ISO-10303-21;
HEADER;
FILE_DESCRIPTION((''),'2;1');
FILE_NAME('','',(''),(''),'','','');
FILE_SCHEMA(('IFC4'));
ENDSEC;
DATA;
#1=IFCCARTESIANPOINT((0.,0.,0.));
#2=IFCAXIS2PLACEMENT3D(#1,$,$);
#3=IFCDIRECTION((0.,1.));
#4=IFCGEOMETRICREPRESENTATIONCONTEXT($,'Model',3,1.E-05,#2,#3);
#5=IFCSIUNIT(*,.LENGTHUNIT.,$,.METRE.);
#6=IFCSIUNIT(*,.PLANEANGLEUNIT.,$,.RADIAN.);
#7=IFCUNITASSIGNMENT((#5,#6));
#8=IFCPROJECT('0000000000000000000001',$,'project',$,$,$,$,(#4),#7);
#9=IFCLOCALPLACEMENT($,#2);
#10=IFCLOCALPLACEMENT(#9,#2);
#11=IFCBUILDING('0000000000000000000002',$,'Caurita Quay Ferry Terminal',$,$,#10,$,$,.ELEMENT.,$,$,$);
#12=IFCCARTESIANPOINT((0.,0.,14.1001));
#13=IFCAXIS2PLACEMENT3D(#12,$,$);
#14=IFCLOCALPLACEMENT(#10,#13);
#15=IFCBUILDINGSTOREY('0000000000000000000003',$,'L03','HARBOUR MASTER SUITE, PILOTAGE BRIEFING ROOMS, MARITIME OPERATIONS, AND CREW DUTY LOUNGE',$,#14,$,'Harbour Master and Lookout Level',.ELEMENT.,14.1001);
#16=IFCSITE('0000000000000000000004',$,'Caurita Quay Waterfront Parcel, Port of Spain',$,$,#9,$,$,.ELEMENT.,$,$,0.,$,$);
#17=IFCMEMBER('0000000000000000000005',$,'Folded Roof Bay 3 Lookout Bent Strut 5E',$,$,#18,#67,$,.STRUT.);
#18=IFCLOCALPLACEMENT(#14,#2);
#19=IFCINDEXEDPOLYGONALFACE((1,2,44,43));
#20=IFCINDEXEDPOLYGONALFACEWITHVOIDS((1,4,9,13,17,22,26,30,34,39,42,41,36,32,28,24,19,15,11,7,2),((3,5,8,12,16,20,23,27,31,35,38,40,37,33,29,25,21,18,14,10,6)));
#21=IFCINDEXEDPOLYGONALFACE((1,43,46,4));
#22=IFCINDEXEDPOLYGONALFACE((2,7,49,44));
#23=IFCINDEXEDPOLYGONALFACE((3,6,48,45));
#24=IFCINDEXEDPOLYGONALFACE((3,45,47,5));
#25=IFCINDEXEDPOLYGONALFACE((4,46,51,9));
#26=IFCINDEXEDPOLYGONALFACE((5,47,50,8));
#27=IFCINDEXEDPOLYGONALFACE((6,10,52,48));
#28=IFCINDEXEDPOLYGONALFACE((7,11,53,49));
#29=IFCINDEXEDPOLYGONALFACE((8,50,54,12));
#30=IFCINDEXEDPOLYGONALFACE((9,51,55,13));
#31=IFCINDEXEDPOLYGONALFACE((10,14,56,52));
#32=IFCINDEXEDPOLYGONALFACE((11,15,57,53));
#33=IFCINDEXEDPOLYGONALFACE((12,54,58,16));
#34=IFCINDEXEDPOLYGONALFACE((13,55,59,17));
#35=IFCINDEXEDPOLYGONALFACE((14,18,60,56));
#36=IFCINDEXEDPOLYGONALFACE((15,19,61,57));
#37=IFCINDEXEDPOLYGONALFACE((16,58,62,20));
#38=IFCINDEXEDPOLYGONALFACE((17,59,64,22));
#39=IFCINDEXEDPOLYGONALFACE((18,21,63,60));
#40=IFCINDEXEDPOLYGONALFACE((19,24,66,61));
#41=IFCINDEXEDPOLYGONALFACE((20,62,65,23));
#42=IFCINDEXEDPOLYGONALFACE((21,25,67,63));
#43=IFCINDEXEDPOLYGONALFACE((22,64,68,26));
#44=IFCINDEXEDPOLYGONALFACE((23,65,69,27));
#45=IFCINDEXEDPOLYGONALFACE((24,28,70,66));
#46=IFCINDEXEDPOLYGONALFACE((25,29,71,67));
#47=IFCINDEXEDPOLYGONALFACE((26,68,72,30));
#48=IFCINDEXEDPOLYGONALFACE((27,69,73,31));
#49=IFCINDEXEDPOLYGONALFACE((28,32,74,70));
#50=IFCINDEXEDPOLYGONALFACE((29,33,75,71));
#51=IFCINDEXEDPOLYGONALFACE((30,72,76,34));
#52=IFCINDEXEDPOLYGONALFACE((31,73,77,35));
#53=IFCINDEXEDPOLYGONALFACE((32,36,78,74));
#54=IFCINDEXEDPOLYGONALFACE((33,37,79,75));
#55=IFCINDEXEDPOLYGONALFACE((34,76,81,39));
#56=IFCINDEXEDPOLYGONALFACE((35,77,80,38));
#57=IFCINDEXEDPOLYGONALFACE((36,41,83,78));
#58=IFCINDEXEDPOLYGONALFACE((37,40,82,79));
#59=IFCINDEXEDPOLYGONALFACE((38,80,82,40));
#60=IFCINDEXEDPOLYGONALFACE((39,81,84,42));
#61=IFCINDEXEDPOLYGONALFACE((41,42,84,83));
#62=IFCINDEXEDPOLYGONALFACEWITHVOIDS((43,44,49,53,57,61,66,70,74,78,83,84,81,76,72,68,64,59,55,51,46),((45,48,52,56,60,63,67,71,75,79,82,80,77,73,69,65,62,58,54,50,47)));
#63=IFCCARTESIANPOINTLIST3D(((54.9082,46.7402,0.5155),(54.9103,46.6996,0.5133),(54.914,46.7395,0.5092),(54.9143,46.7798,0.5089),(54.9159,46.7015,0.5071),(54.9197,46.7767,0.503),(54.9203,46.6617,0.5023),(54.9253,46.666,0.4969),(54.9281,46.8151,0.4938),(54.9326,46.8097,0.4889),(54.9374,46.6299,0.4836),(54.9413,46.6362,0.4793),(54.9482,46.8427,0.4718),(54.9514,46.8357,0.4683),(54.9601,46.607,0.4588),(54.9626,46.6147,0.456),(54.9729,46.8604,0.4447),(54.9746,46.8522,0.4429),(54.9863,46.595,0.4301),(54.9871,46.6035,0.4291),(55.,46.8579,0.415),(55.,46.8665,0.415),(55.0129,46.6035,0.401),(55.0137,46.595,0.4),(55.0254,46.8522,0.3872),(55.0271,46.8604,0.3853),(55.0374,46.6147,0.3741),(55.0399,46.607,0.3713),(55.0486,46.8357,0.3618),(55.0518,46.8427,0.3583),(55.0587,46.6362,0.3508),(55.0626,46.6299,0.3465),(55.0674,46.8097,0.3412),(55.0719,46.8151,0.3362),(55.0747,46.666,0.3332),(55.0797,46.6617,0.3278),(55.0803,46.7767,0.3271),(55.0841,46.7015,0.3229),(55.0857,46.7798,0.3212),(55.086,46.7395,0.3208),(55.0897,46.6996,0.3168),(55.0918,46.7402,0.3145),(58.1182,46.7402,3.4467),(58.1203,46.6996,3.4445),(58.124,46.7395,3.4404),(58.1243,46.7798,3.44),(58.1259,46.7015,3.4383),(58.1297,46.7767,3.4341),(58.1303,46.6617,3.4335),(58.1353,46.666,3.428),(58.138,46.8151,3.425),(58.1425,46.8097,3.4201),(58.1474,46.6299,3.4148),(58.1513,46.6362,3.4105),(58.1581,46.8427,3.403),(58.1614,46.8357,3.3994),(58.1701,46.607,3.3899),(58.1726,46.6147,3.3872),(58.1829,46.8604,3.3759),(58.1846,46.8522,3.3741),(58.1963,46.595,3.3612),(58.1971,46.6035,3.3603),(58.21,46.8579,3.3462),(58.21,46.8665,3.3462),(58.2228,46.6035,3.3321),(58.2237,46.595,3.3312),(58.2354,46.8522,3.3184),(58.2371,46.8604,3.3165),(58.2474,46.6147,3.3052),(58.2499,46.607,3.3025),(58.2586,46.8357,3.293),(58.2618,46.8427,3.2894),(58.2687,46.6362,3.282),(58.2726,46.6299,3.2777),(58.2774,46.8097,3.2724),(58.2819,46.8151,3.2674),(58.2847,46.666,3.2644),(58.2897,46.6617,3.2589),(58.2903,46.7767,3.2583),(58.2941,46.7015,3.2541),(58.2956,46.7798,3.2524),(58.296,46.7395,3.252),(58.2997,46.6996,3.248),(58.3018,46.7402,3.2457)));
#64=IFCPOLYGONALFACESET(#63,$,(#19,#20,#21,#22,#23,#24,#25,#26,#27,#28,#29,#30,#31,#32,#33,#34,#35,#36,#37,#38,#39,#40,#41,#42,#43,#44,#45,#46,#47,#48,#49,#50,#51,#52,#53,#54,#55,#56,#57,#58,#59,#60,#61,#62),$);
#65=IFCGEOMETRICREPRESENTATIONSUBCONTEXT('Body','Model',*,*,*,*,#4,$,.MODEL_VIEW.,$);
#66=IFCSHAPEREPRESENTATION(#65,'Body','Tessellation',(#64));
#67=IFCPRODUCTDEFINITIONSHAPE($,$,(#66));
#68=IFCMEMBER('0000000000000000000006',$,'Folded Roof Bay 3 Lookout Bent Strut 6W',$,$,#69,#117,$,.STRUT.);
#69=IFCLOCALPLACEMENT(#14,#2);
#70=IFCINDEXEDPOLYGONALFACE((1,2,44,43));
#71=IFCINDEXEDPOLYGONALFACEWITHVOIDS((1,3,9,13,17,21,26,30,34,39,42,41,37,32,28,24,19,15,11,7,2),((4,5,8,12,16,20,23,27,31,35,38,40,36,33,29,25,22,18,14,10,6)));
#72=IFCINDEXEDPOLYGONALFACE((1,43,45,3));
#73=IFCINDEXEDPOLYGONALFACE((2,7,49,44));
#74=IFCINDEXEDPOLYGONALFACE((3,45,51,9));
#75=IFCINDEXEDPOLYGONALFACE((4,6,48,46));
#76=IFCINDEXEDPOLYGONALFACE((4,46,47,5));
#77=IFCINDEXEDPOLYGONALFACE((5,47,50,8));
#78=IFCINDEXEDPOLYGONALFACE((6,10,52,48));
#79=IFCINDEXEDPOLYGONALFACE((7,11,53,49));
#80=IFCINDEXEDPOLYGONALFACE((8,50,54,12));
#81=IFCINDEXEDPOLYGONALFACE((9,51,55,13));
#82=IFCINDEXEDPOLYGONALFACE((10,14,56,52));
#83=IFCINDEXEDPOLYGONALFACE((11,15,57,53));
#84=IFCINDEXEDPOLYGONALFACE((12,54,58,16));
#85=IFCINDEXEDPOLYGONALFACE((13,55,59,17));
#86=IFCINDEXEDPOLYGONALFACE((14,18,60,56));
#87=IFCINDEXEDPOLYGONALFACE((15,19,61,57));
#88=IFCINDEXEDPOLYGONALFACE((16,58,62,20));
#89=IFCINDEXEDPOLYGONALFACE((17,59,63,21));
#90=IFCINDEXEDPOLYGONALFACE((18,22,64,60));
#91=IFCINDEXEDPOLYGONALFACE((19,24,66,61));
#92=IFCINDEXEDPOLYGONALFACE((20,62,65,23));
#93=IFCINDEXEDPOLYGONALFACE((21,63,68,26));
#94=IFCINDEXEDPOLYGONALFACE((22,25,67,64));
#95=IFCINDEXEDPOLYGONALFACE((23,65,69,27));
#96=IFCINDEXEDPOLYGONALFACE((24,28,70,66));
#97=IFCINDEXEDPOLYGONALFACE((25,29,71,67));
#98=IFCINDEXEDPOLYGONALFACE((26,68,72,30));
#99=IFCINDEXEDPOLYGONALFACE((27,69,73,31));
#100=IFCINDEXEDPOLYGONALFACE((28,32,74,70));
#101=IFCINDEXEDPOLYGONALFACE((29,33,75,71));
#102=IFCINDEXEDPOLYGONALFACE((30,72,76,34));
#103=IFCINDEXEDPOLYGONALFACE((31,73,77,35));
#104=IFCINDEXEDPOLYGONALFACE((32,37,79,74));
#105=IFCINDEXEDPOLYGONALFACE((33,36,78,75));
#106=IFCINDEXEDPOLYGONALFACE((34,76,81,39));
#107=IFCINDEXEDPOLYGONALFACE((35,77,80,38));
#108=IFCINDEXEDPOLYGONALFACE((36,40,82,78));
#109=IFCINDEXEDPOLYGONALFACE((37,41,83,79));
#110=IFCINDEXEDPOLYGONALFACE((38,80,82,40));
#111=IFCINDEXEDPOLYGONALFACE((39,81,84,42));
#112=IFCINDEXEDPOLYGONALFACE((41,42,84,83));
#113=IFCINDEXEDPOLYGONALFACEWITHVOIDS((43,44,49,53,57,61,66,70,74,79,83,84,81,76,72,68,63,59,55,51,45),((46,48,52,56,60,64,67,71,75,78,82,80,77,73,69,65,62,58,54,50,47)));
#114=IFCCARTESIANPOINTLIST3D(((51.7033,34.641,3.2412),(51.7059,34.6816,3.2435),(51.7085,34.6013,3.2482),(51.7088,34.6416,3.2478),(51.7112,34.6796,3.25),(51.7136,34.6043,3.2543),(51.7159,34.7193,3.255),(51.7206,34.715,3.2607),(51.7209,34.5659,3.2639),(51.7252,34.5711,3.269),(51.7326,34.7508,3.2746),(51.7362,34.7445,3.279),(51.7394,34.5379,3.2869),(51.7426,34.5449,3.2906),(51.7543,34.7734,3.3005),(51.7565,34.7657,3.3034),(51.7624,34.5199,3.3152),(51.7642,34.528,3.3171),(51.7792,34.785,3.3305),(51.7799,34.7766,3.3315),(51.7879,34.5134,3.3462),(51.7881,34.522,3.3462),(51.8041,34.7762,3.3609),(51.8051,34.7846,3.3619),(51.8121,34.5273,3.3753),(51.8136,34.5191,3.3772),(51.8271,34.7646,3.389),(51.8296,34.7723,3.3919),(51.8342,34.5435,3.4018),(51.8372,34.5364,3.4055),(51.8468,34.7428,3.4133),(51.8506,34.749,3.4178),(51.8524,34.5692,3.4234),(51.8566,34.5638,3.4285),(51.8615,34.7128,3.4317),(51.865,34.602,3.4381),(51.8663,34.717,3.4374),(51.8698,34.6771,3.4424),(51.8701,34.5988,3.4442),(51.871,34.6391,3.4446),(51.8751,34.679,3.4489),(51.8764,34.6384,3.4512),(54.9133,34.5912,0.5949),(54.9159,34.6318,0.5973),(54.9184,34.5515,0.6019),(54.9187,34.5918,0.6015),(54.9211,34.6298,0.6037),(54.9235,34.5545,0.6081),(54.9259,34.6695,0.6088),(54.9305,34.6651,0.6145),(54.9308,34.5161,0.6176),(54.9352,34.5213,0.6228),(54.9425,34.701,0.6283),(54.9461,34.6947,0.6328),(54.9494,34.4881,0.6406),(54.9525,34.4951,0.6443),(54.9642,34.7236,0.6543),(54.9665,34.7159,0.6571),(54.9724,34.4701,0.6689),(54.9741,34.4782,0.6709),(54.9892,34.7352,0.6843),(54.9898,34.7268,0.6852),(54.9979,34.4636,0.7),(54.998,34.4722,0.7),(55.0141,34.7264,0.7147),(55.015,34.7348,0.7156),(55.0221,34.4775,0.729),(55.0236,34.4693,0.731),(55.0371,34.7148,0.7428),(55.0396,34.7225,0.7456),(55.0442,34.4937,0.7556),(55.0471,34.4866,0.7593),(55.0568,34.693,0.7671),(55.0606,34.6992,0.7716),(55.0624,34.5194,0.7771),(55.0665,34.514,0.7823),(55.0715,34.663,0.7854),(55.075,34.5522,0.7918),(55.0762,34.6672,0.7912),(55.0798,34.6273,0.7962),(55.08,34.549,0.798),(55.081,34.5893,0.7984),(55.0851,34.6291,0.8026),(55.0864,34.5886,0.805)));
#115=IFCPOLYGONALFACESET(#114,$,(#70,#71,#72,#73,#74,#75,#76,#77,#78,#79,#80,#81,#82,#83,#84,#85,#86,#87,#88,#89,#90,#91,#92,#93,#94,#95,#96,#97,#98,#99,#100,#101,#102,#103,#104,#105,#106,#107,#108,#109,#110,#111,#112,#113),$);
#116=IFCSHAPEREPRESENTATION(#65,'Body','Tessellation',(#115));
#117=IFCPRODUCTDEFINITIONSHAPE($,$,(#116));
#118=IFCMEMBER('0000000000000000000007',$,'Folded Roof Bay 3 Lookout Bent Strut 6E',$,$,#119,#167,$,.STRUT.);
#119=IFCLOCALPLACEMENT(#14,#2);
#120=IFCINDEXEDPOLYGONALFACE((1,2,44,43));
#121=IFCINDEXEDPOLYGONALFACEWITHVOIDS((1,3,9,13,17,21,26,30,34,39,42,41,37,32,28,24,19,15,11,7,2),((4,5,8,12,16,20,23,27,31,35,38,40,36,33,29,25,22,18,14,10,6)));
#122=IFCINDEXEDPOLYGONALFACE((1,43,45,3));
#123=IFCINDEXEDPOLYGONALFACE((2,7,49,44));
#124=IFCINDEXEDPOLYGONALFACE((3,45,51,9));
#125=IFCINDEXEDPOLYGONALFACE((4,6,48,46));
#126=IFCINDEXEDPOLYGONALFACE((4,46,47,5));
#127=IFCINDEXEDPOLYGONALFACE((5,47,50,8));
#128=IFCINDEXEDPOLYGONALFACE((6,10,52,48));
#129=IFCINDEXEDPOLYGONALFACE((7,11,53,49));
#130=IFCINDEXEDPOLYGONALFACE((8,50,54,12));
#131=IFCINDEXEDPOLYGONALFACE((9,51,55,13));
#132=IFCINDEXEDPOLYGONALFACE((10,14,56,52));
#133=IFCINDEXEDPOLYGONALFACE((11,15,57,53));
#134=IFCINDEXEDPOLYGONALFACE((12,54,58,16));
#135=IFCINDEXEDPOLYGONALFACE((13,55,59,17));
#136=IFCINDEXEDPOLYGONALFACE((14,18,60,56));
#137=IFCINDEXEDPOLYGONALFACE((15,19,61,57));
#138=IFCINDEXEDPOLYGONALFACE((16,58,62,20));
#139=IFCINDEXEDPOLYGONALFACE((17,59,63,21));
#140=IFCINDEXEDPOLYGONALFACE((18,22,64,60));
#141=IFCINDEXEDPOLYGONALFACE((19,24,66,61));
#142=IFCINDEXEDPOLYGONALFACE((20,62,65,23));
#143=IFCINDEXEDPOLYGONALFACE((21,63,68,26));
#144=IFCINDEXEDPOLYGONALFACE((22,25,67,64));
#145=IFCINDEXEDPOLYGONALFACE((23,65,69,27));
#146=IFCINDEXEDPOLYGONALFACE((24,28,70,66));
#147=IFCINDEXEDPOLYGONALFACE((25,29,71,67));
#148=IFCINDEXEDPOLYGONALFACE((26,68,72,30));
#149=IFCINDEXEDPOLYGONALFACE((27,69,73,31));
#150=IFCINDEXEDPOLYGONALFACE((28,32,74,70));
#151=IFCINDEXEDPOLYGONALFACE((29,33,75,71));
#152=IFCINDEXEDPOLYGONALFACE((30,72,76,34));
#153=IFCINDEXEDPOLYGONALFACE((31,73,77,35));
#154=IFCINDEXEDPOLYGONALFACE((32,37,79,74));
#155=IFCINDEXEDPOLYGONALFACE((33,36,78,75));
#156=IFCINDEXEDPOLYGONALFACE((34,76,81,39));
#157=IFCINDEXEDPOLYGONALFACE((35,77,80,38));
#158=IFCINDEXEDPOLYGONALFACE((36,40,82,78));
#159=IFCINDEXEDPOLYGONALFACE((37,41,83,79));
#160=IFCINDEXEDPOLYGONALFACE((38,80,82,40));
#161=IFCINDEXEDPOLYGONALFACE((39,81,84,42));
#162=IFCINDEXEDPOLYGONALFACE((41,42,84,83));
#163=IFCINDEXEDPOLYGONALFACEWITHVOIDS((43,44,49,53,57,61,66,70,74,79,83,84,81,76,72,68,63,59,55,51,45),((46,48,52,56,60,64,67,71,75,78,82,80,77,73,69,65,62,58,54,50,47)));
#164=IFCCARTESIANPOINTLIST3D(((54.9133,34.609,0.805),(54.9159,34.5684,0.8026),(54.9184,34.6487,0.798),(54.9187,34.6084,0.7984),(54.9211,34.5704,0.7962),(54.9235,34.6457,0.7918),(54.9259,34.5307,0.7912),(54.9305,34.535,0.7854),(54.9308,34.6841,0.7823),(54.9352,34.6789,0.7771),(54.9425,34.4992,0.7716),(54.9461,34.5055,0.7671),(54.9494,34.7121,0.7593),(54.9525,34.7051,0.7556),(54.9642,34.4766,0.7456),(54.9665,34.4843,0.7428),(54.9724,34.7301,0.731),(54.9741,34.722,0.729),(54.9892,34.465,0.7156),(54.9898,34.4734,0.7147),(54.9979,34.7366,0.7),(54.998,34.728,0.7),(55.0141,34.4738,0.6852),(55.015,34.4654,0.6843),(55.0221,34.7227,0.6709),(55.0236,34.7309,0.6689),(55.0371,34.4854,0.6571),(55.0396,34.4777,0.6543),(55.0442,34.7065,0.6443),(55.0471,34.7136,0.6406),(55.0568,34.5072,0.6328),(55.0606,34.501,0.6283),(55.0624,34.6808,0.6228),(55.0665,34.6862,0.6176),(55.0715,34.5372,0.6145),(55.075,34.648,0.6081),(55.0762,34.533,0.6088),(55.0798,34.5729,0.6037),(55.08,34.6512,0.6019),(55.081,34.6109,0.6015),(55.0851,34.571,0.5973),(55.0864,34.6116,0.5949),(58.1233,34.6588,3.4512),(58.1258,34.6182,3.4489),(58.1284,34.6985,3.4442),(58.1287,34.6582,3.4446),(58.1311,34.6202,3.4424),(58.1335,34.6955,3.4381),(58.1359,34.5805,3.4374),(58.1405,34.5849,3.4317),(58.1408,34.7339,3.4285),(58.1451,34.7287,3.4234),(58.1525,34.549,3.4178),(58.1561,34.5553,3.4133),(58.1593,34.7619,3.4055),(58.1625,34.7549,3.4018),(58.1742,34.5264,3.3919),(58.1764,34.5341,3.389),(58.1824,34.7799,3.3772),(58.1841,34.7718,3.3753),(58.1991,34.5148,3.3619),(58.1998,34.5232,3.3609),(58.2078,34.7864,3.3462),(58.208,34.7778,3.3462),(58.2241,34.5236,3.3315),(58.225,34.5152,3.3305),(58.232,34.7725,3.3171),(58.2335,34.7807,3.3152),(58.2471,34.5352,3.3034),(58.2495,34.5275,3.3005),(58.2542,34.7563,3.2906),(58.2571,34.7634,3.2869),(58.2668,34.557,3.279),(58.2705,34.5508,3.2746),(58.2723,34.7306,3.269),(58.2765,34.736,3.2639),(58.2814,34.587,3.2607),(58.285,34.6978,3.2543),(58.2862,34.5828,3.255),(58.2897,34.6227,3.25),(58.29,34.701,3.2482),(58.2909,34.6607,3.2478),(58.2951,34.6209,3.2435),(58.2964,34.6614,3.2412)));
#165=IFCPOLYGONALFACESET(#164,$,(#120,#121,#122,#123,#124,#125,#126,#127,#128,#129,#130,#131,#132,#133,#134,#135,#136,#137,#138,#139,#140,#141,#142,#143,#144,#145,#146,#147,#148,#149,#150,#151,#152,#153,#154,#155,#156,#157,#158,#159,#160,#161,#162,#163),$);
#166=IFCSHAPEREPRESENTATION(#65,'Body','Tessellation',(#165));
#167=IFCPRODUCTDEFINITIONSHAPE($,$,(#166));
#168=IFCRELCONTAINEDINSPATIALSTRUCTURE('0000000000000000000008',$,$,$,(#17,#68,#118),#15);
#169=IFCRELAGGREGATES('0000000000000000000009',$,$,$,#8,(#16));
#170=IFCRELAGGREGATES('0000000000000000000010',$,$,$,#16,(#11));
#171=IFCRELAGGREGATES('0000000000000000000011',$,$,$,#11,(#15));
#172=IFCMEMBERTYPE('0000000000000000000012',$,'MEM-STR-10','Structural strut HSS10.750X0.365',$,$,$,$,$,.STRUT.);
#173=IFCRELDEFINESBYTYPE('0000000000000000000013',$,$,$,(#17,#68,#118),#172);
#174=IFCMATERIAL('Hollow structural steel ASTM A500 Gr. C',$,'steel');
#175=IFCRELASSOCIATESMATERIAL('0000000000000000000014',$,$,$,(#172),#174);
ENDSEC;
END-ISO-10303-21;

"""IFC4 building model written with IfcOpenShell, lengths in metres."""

from ifc_helpers import new_model, si_unit, direction, frame, origin, origin_2d, place, context, subcontext, project, spatial, hollow_circle, extrude, material, material_profile, profile_set, type_object, element, save


model = new_model("IFC4")

# Units and contexts
model_context = context("Model", 3, precision=1e-05, world=origin(), true_north=direction((0.0, 1.0)))
body_context = subcontext(model_context, "Body", "Model", "MODEL_VIEW")
ifc_project = project(units=[si_unit("LENGTHUNIT", "METRE"), si_unit("PLANEANGLEUNIT", "RADIAN")], contexts=[model_context])

# Site, building, storey
site_placement = place(None, origin())
site = spatial("IfcSite", under=ifc_project, at=site_placement, Name="Caurita Quay Waterfront Parcel, Port of Spain", CompositionType="ELEMENT", RefElevation=0.0)
building_placement = place(site_placement, origin())
building = spatial("IfcBuilding", under=site, at=building_placement, Name="Caurita Quay Ferry Terminal", CompositionType="ELEMENT")
storey_placement = place(building_placement, frame((0.0, 0.0, 14.1001)))
storey = spatial("IfcBuildingStorey", under=building, at=storey_placement, Name="L03", Description="HARBOUR MASTER SUITE, PILOTAGE BRIEFING ROOMS, MARITIME OPERATIONS, AND CREW DUTY LOUNGE", LongName="Harbour Master and Lookout Level", CompositionType="ELEMENT", Elevation=14.1001)

# Shared definitions
ifc_material_1 = material(Name="Hollow structural steel ASTM A500 Gr. C", Category="steel")

# Members
ifc_material_profile_1 = material_profile(ifc_material_1, hollow_circle(Radius=0.1365, WallThickness=0.0085, at=origin_2d()), Name="HSS10.750X0.365")
ifc_profile_set_1 = profile_set([ifc_material_profile_1], Name="Hollow structural steel ASTM A500 Gr. C")
member_type_1 = type_object("IfcMemberType", Name="MEM-STR-10", Description="Structural strut HSS10.750X0.365", PredefinedType="STRUT", material=ifc_profile_set_1)
for number, where, z_axis, x_axis, name in (
    (1, (55.0, 46.73, 0.415), (0.738449, 0.0, 0.674309), (0.0, 1.0, 0.0), "Folded Roof Bay 3 Lookout Bent Strut 5E"),
):
    element("IfcMember", number, at=place(storey_placement, frame(where, z_axis=z_axis, x_axis=x_axis)), inside=storey, type_object=member_type_1, Name=name, PredefinedType="STRUT", context=body_context, shape_type="SweptSolid", body=[
        extrude(hollow_circle(Radius=0.1365, WallThickness=0.0085, at=origin_2d()), origin(), (0.0, 0.0, 1.0), 4.3469),
    ])
for number, where, z_axis, x_axis, name in (
    (2, (55.0, 34.6001, 0.7), (-0.771551, 0.011971, 0.636054), (-0.015514, -0.99988, 0.0), "Folded Roof Bay 3 Lookout Bent Strut 6W"),
    (3, (55.0, 34.6001, 0.7), (0.771551, 0.011971, 0.636054), (-0.015514, 0.99988, 0.0), "Folded Roof Bay 3 Lookout Bent Strut 6E"),
):
    element("IfcMember", number, at=place(storey_placement, frame(where, z_axis=z_axis, x_axis=x_axis)), inside=storey, type_object=member_type_1, Name=name, PredefinedType="STRUT", context=body_context, shape_type="SweptSolid", body=[
        extrude(hollow_circle(Radius=0.1365, WallThickness=0.0085, at=origin_2d()), origin(), (0.0, 0.0, 1.0), 4.1604),
    ])

save(model, "model.ifc")
